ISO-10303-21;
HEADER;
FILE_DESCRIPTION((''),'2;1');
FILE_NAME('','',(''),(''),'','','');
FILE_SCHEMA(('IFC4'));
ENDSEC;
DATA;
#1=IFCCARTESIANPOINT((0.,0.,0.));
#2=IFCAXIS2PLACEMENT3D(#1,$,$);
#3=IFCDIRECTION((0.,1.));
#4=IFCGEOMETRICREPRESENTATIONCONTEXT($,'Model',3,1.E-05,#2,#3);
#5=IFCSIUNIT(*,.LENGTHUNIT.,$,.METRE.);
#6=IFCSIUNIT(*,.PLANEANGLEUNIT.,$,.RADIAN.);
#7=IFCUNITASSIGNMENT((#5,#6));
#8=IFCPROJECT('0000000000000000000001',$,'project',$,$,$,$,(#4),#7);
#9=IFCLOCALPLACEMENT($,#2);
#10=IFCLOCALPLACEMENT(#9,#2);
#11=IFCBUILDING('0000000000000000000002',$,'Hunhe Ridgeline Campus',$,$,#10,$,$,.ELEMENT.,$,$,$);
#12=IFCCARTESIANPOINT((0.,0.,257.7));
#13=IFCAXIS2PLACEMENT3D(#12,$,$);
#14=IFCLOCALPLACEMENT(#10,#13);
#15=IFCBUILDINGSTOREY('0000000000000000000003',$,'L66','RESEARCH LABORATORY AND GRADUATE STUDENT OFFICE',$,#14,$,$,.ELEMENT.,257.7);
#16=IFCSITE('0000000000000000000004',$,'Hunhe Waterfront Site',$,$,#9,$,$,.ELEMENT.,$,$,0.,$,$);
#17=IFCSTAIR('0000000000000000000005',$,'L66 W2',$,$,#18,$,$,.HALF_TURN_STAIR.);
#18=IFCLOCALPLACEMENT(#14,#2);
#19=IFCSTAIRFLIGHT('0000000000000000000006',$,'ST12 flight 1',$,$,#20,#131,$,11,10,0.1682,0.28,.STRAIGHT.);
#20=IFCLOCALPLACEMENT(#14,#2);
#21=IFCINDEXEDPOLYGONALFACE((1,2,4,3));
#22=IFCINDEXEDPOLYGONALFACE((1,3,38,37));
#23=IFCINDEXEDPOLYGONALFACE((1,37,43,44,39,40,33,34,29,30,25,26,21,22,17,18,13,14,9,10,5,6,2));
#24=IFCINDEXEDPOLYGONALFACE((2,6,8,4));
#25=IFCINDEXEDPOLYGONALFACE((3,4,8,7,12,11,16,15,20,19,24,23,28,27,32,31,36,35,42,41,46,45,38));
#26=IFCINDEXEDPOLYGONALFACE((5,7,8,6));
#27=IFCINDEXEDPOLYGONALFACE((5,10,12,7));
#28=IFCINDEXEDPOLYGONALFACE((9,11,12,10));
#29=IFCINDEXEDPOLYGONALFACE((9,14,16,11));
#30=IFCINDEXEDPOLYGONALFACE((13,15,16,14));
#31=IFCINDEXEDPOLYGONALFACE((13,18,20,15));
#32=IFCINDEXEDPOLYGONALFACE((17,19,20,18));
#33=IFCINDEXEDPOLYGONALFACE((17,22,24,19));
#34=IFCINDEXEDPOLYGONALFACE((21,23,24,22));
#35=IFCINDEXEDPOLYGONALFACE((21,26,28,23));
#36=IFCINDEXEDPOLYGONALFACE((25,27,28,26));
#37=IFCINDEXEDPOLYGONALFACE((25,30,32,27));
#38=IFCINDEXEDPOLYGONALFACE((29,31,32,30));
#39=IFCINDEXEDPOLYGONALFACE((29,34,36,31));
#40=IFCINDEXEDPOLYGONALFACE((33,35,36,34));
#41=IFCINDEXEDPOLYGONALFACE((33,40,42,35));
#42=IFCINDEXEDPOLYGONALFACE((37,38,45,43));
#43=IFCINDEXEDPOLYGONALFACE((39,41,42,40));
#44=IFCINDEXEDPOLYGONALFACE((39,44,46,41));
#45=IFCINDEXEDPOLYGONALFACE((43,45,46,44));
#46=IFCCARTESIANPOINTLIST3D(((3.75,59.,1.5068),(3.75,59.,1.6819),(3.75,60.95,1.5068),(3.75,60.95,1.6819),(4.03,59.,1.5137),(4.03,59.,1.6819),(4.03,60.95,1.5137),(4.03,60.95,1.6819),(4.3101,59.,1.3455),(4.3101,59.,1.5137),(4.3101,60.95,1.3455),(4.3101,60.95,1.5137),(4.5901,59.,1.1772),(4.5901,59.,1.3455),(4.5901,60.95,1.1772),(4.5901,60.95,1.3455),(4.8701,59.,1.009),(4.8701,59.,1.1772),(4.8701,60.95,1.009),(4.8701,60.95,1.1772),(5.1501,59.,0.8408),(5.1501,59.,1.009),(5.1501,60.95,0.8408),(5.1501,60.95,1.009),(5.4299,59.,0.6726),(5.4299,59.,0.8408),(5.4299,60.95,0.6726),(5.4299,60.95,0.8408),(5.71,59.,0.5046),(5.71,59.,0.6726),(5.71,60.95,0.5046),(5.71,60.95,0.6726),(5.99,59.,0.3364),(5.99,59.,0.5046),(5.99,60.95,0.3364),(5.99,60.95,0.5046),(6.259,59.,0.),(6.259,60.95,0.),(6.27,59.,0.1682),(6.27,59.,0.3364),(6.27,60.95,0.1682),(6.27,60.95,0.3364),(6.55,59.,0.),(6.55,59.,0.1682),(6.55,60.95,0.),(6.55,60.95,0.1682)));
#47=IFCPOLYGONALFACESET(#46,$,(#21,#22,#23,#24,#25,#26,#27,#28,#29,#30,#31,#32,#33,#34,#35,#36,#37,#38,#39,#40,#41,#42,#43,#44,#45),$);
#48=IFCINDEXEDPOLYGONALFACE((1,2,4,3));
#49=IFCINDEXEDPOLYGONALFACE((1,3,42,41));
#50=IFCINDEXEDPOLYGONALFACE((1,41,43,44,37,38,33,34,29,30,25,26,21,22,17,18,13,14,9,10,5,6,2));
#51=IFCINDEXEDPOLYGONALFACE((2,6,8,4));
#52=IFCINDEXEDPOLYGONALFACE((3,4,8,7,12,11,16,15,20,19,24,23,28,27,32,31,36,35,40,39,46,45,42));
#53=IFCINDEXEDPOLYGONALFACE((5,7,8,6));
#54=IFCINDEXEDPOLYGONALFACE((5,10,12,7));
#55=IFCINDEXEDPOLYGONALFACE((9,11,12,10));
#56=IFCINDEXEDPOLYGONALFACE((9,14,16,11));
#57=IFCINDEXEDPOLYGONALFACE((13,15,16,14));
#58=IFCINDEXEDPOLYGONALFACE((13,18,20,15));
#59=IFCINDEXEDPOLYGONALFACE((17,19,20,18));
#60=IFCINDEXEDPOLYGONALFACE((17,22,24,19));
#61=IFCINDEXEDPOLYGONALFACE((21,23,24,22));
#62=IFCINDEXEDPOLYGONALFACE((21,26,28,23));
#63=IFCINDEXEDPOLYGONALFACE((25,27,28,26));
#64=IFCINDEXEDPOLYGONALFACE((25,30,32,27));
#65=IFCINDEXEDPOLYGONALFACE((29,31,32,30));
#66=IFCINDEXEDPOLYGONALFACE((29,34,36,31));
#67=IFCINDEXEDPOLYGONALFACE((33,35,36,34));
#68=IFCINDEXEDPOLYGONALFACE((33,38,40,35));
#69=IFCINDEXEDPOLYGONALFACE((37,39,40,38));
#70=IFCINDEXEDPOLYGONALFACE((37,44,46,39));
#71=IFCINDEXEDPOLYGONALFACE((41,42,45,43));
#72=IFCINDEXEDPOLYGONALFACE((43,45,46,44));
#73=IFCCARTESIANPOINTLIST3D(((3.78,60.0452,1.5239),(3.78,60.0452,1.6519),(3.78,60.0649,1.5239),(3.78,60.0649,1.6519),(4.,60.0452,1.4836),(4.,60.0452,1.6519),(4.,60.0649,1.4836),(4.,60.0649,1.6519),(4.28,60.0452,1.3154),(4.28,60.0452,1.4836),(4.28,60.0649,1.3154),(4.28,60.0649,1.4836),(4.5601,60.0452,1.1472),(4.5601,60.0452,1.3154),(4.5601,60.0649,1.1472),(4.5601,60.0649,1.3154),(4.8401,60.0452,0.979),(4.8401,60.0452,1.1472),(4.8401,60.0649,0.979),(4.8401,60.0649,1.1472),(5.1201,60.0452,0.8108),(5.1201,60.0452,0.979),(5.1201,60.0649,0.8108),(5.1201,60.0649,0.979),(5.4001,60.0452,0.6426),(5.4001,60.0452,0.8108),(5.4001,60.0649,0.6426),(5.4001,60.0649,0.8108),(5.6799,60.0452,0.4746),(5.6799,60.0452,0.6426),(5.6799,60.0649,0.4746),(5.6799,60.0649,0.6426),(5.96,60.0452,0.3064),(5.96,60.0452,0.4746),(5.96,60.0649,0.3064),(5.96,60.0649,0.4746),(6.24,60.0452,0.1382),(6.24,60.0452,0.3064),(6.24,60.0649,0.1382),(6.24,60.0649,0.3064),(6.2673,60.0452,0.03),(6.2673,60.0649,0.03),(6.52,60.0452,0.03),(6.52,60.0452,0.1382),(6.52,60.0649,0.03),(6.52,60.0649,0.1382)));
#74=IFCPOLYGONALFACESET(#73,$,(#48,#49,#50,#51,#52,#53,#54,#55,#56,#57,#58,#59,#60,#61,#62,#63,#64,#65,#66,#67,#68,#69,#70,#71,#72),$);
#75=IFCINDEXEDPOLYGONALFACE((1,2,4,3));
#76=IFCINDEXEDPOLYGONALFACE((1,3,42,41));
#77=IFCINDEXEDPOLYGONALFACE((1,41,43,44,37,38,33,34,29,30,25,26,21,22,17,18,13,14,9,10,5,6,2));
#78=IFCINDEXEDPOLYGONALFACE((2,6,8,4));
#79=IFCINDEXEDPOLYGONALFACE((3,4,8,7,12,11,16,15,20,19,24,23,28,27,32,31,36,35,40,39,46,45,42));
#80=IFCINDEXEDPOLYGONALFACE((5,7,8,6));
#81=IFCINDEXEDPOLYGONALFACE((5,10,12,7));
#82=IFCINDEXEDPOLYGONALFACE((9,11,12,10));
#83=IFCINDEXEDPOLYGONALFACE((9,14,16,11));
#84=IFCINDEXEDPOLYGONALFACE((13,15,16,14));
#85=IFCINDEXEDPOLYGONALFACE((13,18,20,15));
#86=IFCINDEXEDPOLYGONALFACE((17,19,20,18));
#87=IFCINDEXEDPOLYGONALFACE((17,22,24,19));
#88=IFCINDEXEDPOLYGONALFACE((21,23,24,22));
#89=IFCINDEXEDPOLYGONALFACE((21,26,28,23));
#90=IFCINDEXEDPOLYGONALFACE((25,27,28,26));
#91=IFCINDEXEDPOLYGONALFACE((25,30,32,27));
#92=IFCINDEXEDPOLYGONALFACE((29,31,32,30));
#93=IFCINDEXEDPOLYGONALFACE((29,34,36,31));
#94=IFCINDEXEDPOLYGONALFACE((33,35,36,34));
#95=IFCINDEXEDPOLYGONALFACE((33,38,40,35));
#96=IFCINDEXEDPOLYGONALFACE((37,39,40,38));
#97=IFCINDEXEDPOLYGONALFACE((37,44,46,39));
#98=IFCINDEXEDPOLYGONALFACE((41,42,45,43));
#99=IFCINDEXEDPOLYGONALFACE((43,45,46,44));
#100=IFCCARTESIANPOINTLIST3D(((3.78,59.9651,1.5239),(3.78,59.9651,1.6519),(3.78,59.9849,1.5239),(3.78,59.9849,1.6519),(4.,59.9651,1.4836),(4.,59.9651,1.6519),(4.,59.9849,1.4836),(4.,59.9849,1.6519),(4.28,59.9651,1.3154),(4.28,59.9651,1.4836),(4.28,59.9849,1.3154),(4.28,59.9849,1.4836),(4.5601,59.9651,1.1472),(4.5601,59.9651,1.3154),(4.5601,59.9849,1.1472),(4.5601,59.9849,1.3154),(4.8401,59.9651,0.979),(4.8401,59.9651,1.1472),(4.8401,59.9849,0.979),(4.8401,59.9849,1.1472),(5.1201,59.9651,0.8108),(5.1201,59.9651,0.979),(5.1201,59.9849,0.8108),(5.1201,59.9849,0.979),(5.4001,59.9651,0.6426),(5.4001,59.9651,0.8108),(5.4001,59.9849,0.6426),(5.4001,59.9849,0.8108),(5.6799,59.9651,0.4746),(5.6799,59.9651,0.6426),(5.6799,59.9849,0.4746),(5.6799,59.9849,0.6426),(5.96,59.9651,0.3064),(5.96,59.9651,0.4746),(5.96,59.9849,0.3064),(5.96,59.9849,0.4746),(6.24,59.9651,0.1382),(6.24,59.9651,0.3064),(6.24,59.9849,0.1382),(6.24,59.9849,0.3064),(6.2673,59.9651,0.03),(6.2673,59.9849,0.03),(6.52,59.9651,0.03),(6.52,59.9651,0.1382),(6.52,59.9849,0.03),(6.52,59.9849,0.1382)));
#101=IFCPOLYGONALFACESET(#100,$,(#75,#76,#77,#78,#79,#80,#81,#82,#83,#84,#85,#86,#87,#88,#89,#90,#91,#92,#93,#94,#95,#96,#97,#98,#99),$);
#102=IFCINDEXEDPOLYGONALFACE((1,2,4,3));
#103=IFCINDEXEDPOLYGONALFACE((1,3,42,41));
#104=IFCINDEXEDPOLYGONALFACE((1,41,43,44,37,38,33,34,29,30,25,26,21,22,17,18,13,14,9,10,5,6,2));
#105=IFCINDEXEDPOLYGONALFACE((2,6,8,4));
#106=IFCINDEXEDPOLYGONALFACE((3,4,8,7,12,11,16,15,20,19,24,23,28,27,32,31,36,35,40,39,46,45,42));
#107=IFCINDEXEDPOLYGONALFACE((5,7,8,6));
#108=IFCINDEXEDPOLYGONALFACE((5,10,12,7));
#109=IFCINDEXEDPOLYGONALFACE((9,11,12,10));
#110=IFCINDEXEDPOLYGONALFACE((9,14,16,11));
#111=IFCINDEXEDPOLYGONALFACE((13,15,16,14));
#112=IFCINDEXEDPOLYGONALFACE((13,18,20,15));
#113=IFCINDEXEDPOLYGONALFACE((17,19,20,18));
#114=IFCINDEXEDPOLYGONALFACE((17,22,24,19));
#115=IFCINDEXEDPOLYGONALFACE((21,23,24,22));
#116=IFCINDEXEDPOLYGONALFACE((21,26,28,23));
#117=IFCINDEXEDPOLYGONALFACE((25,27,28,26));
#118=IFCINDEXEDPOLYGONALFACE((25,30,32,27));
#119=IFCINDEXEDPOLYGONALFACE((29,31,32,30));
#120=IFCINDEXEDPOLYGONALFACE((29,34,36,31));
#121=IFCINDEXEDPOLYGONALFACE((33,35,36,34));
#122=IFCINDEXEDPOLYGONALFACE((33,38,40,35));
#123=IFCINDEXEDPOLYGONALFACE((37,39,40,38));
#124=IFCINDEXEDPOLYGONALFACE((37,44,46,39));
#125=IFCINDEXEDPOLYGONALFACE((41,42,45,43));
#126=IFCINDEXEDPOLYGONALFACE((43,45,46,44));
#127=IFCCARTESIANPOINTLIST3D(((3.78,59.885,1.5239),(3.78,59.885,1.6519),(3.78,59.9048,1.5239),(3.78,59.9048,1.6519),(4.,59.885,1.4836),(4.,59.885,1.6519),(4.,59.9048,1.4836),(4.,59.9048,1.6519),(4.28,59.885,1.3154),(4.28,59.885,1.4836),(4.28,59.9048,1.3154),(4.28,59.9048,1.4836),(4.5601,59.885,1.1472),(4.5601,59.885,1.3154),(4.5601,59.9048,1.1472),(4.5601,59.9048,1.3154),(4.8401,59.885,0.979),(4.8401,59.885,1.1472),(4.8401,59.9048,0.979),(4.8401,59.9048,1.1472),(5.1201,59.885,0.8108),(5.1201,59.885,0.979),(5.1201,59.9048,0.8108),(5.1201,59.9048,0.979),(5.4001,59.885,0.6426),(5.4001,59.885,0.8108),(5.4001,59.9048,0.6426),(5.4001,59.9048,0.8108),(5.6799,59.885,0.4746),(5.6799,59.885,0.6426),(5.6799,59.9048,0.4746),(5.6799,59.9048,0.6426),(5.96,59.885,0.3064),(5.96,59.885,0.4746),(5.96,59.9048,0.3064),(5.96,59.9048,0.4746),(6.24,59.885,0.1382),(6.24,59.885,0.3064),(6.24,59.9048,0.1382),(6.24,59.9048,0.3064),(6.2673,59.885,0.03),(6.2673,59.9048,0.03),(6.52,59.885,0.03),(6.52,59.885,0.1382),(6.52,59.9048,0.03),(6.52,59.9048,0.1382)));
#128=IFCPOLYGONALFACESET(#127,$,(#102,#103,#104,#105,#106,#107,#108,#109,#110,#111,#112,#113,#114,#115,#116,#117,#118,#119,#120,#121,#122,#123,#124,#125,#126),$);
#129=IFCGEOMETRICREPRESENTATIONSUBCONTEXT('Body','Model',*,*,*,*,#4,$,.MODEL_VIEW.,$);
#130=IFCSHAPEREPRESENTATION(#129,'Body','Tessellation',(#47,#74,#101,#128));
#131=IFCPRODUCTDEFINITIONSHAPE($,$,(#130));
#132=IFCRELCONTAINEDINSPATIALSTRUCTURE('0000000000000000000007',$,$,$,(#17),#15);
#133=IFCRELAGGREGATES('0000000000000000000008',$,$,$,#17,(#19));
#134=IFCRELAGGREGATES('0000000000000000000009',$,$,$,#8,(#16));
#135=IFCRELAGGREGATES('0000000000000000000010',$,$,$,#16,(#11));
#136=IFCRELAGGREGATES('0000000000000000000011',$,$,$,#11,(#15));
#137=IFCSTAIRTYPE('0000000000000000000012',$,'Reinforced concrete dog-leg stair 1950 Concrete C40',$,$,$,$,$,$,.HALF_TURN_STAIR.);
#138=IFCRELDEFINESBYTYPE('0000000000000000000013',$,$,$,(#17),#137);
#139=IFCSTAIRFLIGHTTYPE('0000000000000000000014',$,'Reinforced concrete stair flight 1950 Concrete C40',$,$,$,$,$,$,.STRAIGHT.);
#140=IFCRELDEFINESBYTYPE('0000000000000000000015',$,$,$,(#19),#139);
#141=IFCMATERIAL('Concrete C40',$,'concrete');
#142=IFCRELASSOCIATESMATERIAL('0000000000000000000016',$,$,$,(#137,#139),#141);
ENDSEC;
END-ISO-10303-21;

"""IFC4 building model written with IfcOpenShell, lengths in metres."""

from ifc_helpers import new_model, si_unit, direction, frame, origin, place, context, subcontext, project, spatial, polyline, outline, extrude, material, type_object, element, aggregate, save


model = new_model("IFC4")

# Units and contexts
model_context = context("Model", 3, precision=1e-05, world=origin(), true_north=direction((0.0, 1.0)))
body_context = subcontext(model_context, "Body", "Model", "MODEL_VIEW")
ifc_project = project(units=[si_unit("LENGTHUNIT", "METRE"), si_unit("PLANEANGLEUNIT", "RADIAN")], contexts=[model_context])

# Site, building, storey
site_placement = place(None, origin())
site = spatial("IfcSite", under=ifc_project, at=site_placement, Name="Hunhe Waterfront Site", CompositionType="ELEMENT", RefElevation=0.0)
building_placement = place(site_placement, origin())
building = spatial("IfcBuilding", under=site, at=building_placement, Name="Hunhe Ridgeline Campus", CompositionType="ELEMENT")
storey_placement = place(building_placement, frame((0.0, 0.0, 257.7)))
storey = spatial("IfcBuildingStorey", under=building, at=storey_placement, Name="L66", Description="RESEARCH LABORATORY AND GRADUATE STUDENT OFFICE", CompositionType="ELEMENT", Elevation=257.7)

# Shared definitions
ifc_material_1 = material(Name="Concrete C40", Category="concrete")
stair_type = type_object("IfcStairType", Name="Reinforced concrete dog-leg stair 1950 Concrete C40", PredefinedType="HALF_TURN_STAIR", material=ifc_material_1)
stair_flight_type = type_object("IfcStairFlightType", Name="Reinforced concrete stair flight 1950 Concrete C40", PredefinedType="STRAIGHT", material=ifc_material_1)

# Stair, stair flight
stair_1_placement = place(storey_placement, origin())
stair_1 = element("IfcStair", 1, at=stair_1_placement, inside=storey, type_object=stair_type, Name="L66 W2", PredefinedType="HALF_TURN_STAIR")
stair_flight_1_placement = place(storey_placement, frame((6.55, 59.9751, 0.0), z_axis=(0.0, 0.0, 1.0), x_axis=(-1.0, 0.0, 0.0)))
stair_flight_1 = element("IfcStairFlight", 2, at=stair_flight_1_placement, type_object=stair_flight_type, Name="ST12 flight 1", NumberOfRisers=11, NumberOfTreads=10, PredefinedType="STRAIGHT", RiserHeight=0.1682, TreadLength=0.28, context=body_context, shape_type="SweptSolid", body=[
    extrude(outline(polyline([(0.0, 0.0), (0.0, 0.1682), (0.28, 0.1682), (0.28, 0.3364), (0.5601, 0.3364), (0.5601, 0.5046), (0.8401, 0.5046), (0.8401, 0.6726), (1.1201, 0.6726), (1.1201, 0.8408), (1.3999, 0.8408), (1.3999, 1.009), (1.6799, 1.009), (1.6799, 1.1772), (1.96, 1.1772), (1.96, 1.3455), (2.24, 1.3455), (2.24, 1.5137), (2.52, 1.5137), (2.52, 1.6819), (2.8, 1.6819), (2.8, 1.8501), (2.8, 1.5068), (0.291, 0.0), (0.0, 0.0)])), frame((0.0, 0.9751, 0.0), z_axis=(0.0, -1.0, 0.0), x_axis=(1.0, 0.0, 0.0)), (0.0, 0.0, 1.0), 1.95),
    extrude(outline(polyline([(0.03, 0.03), (0.03, 0.1382), (0.3101, 0.1382), (0.3101, 0.3064), (0.5901, 0.3064), (0.5901, 0.4746), (0.8701, 0.4746), (0.8701, 0.6426), (1.1499, 0.6426), (1.1499, 0.8108), (1.4299, 0.8108), (1.4299, 0.979), (1.71, 0.979), (1.71, 1.1472), (1.99, 1.1472), (1.99, 1.3154), (2.27, 1.3154), (2.27, 1.4836), (2.55, 1.4836), (2.55, 1.6519), (2.77, 1.6519), (2.77, 1.5239), (0.2827, 0.03), (0.03, 0.03)])), frame((0.0, -0.0701, 0.0), z_axis=(0.0, -1.0, 0.0), x_axis=(1.0, 0.0, 0.0)), (0.0, 0.0, 1.0), 0.0198),
    extrude(outline(polyline([(0.03, 0.03), (0.03, 0.1382), (0.3101, 0.1382), (0.3101, 0.3064), (0.5901, 0.3064), (0.5901, 0.4746), (0.8701, 0.4746), (0.8701, 0.6426), (1.1499, 0.6426), (1.1499, 0.8108), (1.4299, 0.8108), (1.4299, 0.979), (1.71, 0.979), (1.71, 1.1472), (1.99, 1.1472), (1.99, 1.3154), (2.27, 1.3154), (2.27, 1.4836), (2.55, 1.4836), (2.55, 1.6519), (2.77, 1.6519), (2.77, 1.5239), (0.2827, 0.03), (0.03, 0.03)])), frame((0.0, 0.01, 0.0), z_axis=(0.0, -1.0, 0.0), x_axis=(1.0, 0.0, 0.0)), (0.0, 0.0, 1.0), 0.0198),
    extrude(outline(polyline([(0.03, 0.03), (0.03, 0.1382), (0.3101, 0.1382), (0.3101, 0.3064), (0.5901, 0.3064), (0.5901, 0.4746), (0.8701, 0.4746), (0.8701, 0.6426), (1.1499, 0.6426), (1.1499, 0.8108), (1.4299, 0.8108), (1.4299, 0.979), (1.71, 0.979), (1.71, 1.1472), (1.99, 1.1472), (1.99, 1.3154), (2.27, 1.3154), (2.27, 1.4836), (2.55, 1.4836), (2.55, 1.6519), (2.77, 1.6519), (2.77, 1.5239), (0.2827, 0.03), (0.03, 0.03)])), frame((0.0, 0.0901, 0.0), z_axis=(0.0, -1.0, 0.0), x_axis=(1.0, 0.0, 0.0)), (0.0, 0.0, 1.0), 0.0198),
])
aggregate(stair_1, [stair_flight_1])

save(model, "model.ifc")
